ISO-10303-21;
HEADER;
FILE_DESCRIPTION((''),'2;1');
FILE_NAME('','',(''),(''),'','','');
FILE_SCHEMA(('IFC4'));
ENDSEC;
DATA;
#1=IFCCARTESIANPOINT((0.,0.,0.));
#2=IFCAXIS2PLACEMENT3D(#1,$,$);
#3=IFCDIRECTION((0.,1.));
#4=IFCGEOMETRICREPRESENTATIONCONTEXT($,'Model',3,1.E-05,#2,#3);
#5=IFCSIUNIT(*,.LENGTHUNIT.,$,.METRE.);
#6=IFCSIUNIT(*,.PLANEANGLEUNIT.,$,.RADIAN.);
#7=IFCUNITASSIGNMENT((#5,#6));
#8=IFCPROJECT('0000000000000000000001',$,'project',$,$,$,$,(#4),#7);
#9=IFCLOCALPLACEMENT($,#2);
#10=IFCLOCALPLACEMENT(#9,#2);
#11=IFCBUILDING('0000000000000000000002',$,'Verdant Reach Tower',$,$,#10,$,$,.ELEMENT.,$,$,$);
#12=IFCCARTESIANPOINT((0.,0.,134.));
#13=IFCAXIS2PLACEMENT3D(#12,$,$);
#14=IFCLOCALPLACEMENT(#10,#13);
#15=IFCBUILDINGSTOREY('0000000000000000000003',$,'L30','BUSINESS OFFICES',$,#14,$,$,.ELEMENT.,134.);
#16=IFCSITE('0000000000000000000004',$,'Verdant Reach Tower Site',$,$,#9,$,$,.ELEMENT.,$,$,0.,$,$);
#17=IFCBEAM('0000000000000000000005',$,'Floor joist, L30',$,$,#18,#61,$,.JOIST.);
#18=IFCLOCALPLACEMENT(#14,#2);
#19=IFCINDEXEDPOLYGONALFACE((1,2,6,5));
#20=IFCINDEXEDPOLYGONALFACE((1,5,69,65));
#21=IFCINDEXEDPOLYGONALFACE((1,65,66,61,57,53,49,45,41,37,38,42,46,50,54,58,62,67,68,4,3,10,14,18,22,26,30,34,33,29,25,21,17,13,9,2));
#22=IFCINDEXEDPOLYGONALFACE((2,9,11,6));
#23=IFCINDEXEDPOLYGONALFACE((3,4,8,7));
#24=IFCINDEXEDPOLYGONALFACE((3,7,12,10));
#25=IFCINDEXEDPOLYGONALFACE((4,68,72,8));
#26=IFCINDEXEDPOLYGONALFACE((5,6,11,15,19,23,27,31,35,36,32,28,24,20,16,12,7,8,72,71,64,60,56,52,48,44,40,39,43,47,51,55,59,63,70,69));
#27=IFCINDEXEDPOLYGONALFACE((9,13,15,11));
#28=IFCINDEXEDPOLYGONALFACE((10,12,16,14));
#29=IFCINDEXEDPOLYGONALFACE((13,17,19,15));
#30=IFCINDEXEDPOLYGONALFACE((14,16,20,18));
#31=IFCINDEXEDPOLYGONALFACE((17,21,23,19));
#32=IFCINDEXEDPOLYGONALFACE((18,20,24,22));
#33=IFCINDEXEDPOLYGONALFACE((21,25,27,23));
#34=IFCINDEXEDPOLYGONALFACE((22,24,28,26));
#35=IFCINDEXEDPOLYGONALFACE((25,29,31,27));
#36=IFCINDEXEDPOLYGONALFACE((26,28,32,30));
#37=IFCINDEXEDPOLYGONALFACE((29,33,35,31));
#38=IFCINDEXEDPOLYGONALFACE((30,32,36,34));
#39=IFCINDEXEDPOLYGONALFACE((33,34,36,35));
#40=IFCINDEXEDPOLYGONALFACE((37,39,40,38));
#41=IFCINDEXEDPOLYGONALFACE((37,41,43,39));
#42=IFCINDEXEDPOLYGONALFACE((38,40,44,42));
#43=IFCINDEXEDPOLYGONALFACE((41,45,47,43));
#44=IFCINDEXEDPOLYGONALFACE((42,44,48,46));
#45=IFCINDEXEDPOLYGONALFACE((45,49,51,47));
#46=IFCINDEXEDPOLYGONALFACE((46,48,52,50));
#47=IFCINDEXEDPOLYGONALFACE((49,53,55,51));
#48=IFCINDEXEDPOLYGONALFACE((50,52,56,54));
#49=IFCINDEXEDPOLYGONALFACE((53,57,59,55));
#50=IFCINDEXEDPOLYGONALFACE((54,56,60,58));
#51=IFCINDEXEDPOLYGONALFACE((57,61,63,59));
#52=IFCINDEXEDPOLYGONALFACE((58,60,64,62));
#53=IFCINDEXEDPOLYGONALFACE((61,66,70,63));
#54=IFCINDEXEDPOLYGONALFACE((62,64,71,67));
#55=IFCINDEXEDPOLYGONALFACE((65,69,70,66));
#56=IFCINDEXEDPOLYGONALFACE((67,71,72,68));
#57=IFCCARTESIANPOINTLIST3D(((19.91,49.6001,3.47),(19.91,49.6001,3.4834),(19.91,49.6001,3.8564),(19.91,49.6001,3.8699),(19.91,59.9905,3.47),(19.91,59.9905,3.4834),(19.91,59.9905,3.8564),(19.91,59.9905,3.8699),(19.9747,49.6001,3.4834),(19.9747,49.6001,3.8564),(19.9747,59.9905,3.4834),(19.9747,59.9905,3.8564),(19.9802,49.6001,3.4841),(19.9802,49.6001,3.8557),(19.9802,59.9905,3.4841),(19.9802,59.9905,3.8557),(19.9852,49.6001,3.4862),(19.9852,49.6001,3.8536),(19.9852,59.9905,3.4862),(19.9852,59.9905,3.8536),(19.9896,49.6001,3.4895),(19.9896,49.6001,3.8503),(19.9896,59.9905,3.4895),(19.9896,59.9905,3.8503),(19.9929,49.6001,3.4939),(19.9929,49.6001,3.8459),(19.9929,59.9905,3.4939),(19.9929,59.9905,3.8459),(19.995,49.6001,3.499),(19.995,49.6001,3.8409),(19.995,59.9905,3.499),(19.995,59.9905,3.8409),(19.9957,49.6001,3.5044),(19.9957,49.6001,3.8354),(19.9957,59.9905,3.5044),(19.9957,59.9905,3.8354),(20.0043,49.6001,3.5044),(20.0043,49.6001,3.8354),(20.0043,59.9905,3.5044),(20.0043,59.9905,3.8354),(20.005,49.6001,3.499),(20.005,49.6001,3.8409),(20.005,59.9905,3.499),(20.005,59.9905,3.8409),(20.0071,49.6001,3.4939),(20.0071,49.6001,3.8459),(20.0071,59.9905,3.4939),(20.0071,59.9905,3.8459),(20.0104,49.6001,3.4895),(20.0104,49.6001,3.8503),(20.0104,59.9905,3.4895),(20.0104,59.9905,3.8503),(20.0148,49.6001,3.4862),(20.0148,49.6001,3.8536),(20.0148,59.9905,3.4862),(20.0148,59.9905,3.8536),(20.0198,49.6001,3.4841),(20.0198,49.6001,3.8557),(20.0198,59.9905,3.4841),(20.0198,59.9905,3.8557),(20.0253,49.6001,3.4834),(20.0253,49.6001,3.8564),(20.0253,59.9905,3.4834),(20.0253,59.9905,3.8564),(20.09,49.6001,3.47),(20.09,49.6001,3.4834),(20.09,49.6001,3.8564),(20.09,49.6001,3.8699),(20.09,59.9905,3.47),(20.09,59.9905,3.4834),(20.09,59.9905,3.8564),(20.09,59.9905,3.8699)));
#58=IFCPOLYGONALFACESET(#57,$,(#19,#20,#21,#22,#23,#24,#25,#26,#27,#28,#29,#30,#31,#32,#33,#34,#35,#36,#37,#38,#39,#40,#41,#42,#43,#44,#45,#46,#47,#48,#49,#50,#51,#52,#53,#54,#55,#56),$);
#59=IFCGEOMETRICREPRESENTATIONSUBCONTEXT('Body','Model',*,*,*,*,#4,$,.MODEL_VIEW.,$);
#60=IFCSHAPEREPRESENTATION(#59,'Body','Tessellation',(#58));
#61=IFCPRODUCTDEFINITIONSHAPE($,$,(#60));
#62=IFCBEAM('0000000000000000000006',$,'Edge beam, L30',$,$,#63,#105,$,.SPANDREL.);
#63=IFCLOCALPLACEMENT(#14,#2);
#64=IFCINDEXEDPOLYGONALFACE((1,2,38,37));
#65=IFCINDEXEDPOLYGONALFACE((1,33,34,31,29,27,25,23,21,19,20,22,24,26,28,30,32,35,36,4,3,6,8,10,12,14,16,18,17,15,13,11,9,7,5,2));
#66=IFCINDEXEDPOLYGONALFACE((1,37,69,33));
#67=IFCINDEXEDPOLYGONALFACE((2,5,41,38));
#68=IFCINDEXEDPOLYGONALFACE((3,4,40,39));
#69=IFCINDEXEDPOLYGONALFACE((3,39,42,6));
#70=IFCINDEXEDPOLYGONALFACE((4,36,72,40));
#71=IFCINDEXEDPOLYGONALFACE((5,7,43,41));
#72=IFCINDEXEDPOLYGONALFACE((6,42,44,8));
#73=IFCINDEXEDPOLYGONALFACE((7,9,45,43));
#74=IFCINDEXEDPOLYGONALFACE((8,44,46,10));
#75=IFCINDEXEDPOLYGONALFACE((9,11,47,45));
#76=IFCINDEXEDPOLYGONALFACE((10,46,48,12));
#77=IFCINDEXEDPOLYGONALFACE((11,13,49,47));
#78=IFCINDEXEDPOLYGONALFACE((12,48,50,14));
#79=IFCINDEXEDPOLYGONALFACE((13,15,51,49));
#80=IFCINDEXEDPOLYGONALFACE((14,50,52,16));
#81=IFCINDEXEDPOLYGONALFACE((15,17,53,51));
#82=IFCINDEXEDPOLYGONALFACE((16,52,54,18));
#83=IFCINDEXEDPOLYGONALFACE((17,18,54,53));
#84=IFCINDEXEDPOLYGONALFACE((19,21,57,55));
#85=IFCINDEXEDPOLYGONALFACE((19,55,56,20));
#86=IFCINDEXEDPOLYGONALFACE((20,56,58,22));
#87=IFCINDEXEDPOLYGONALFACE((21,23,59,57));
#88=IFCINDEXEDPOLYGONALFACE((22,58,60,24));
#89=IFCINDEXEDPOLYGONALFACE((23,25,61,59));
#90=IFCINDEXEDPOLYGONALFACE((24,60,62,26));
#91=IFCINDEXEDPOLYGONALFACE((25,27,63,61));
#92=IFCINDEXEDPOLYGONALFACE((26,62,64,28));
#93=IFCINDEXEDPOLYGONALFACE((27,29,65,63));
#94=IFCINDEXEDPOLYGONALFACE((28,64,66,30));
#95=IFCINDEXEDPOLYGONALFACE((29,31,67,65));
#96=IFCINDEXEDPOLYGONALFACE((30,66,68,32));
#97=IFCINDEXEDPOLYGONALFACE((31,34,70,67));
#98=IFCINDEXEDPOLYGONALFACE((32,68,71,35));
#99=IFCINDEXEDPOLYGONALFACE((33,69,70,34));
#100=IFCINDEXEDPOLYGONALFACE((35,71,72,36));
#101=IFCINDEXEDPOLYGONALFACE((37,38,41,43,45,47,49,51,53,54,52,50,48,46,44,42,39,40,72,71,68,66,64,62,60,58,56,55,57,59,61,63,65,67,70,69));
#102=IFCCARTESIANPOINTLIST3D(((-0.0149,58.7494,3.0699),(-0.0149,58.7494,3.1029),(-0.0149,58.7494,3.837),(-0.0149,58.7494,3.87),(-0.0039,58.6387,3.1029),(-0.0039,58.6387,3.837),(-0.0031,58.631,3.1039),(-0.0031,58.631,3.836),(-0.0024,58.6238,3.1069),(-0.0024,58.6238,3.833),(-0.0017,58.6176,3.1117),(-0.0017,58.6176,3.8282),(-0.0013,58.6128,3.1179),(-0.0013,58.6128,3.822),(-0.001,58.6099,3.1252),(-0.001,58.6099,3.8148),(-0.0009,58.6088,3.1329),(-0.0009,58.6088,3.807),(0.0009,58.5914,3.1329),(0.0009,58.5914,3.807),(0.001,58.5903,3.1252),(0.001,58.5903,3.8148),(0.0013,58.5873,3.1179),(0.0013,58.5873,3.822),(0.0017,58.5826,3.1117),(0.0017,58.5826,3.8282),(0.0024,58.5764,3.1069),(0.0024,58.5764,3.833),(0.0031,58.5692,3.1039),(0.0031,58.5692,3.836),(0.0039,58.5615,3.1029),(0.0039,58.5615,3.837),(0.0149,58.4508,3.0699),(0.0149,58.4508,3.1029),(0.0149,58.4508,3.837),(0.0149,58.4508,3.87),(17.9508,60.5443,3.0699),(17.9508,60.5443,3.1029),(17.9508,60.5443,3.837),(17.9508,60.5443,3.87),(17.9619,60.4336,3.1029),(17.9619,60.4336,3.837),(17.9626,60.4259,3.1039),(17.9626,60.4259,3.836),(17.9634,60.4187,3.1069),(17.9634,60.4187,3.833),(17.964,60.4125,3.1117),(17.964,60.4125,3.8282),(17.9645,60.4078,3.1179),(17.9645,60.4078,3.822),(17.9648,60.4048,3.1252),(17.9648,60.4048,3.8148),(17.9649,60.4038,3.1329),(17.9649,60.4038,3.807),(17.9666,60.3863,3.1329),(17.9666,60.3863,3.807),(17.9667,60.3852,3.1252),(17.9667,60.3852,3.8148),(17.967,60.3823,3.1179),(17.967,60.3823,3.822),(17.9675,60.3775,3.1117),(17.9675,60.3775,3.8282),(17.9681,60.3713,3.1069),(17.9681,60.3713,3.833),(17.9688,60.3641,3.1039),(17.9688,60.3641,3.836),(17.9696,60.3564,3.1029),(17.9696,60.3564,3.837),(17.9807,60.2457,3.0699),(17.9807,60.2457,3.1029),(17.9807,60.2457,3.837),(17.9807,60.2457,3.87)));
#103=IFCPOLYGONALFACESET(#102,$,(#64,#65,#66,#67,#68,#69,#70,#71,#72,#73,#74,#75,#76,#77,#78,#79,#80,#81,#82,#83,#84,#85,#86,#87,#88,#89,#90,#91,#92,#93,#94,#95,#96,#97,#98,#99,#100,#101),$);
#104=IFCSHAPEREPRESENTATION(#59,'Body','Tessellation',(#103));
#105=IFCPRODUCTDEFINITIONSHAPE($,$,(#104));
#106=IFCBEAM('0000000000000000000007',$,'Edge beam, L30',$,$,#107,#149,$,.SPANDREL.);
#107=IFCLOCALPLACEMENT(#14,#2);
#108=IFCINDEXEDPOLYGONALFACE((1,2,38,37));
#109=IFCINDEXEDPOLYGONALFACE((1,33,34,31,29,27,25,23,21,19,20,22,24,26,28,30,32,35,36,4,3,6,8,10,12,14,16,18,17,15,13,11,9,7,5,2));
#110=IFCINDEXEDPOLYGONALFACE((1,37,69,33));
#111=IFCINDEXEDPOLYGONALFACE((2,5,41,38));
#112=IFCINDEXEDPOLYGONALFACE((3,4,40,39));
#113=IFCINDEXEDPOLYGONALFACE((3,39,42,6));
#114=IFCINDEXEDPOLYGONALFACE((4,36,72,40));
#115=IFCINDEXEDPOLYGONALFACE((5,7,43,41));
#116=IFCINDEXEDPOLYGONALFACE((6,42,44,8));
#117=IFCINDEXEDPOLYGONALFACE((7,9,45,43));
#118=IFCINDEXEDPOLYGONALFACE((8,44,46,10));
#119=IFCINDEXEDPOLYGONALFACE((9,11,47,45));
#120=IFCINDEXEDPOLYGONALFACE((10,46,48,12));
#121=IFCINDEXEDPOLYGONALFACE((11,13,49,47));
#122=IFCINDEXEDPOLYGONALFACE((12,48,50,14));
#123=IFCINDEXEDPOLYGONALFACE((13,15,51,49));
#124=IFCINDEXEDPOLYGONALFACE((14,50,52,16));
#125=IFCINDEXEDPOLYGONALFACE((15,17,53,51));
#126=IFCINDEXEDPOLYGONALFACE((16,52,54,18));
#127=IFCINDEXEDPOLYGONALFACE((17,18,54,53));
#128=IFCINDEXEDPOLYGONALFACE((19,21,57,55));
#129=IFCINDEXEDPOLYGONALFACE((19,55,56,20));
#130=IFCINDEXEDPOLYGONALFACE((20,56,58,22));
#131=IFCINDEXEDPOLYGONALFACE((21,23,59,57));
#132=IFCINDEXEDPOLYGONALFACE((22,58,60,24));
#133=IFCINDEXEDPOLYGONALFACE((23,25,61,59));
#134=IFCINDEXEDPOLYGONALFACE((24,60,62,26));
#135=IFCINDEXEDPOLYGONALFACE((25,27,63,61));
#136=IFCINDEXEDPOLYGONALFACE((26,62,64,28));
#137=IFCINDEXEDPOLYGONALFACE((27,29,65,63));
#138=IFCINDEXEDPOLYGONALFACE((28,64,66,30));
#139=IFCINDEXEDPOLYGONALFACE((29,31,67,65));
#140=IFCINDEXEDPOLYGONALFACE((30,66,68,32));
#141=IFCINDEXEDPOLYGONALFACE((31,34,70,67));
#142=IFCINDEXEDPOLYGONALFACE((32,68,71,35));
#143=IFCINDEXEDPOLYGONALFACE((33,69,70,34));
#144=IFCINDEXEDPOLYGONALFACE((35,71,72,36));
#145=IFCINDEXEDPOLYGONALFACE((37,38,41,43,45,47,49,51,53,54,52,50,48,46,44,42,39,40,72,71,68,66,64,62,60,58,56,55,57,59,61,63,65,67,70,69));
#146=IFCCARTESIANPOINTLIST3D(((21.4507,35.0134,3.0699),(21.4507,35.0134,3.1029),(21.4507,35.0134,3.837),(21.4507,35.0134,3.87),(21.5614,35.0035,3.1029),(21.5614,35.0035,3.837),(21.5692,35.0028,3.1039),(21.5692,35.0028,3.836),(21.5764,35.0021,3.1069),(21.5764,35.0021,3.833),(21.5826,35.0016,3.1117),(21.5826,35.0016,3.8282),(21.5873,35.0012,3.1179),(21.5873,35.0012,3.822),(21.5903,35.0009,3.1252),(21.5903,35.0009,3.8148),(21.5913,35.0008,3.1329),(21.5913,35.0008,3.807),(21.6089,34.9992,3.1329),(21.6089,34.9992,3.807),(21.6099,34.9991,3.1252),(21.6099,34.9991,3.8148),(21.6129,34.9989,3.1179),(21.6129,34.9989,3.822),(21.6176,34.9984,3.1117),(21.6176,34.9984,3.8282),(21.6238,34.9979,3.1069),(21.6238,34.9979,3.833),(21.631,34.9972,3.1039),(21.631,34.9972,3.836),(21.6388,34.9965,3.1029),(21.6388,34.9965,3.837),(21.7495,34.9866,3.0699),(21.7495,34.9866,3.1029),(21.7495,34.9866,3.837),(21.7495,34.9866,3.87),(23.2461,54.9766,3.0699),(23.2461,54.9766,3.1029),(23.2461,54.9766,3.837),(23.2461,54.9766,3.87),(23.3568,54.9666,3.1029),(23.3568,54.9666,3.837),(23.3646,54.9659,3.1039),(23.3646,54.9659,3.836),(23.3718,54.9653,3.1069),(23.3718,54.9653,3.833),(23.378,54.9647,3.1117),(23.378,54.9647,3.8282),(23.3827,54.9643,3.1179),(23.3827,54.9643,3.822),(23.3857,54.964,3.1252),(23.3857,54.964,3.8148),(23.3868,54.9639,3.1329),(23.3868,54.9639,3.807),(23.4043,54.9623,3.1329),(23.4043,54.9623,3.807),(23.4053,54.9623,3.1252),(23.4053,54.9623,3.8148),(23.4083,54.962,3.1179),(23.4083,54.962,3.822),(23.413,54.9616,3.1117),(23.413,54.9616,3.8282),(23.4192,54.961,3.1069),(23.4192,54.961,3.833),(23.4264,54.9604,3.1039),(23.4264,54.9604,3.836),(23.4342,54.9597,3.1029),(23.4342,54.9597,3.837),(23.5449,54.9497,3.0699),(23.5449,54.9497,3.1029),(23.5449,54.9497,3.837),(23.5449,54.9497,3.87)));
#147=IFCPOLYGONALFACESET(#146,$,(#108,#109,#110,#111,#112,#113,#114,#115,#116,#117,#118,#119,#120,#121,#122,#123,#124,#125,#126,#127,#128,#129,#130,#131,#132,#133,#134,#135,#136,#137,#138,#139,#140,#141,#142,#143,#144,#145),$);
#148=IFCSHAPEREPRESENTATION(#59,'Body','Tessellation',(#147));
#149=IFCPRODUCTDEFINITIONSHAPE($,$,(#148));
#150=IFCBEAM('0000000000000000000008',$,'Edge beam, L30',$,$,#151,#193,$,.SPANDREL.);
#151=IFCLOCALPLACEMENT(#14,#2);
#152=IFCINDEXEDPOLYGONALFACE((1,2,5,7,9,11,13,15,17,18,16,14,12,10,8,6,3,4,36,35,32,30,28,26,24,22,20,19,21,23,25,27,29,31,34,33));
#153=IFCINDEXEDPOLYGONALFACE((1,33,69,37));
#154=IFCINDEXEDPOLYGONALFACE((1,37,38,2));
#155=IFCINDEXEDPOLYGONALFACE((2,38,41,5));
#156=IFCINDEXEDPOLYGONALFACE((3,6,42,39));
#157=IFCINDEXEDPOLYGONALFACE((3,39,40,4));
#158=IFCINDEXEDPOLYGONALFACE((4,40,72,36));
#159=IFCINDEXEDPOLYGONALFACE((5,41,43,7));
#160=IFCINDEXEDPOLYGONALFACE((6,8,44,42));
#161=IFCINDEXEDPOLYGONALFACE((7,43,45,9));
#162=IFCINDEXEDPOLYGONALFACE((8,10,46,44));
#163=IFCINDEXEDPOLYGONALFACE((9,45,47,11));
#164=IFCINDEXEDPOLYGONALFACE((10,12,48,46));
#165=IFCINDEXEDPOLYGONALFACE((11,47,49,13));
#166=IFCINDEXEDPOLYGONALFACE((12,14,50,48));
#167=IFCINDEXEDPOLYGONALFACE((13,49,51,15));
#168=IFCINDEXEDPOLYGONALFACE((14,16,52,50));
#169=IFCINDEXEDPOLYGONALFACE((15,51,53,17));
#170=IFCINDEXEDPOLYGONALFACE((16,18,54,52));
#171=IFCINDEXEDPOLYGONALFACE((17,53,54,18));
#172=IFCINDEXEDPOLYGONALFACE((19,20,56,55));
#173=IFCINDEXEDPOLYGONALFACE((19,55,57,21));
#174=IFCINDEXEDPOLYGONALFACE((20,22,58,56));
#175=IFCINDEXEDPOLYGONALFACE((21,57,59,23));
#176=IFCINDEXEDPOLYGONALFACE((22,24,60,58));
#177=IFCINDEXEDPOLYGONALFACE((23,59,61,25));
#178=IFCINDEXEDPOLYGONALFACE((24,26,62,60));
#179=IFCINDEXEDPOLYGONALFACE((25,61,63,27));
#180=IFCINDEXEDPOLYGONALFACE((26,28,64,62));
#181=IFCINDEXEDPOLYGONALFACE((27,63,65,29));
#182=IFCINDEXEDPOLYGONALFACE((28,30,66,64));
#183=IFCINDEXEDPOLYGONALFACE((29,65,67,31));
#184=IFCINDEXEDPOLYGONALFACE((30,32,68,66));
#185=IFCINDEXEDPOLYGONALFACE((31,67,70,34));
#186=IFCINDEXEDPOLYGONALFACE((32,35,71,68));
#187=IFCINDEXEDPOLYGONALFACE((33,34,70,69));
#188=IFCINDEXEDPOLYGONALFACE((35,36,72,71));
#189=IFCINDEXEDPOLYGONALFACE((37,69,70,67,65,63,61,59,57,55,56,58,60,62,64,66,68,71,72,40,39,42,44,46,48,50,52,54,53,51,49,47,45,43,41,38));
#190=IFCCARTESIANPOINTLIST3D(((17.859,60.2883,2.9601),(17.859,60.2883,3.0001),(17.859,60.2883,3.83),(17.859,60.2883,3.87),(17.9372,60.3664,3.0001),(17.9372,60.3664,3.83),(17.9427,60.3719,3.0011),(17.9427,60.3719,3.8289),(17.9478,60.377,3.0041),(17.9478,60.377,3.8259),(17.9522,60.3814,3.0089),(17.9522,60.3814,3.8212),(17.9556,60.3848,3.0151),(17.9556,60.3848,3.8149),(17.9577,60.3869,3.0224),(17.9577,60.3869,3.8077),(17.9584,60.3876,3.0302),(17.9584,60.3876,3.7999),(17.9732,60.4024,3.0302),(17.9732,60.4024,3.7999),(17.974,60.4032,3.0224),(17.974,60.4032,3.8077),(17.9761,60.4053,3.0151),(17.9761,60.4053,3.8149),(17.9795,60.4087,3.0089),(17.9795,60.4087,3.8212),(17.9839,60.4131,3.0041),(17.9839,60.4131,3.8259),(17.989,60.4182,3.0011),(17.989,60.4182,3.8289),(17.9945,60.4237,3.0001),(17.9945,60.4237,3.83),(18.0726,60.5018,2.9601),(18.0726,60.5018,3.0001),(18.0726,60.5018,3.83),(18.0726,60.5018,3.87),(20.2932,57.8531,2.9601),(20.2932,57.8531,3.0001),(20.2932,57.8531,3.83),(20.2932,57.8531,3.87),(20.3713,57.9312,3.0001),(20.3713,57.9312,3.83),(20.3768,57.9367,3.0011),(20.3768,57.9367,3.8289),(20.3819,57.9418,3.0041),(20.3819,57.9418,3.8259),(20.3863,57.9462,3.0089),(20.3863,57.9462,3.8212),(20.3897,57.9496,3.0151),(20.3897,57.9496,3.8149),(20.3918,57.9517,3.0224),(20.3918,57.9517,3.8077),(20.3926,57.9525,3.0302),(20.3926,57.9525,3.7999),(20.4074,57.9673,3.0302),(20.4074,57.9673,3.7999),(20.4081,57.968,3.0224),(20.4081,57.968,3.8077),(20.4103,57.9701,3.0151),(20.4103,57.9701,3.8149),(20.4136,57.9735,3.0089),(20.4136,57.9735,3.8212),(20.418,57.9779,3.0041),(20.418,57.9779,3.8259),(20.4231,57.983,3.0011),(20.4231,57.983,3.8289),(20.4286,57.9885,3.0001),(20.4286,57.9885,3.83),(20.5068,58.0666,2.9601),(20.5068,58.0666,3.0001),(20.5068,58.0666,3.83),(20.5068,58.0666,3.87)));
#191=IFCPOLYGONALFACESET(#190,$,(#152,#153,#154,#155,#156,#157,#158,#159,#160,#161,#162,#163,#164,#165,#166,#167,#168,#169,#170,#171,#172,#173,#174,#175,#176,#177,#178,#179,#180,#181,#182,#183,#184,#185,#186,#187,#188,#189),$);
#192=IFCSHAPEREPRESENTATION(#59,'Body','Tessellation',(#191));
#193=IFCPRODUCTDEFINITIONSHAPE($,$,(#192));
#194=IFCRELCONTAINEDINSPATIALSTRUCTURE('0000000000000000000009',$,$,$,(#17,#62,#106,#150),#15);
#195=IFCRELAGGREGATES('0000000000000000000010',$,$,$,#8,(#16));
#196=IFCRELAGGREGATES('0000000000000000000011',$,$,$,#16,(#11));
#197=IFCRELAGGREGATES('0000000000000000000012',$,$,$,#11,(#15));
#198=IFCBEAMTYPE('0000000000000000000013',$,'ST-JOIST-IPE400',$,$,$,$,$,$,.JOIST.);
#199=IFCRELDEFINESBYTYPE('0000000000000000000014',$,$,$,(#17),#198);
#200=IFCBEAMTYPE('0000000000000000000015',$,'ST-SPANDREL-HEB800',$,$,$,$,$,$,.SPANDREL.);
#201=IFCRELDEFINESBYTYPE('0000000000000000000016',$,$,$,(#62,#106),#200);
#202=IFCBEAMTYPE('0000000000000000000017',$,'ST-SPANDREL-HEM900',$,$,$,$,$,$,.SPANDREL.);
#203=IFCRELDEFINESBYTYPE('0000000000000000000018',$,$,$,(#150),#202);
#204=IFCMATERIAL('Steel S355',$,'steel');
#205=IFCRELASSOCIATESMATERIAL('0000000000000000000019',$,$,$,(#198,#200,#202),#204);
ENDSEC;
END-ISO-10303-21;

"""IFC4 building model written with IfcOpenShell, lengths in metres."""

from ifc_helpers import new_model, si_unit, direction, frame, origin, origin_2d, place, context, subcontext, project, spatial, i_section, extrude, material, material_profile, profile_set, type_object, element, save


model = new_model("IFC4")

# Units and contexts
model_context = context("Model", 3, precision=1e-05, world=origin(), true_north=direction((0.0, 1.0)))
body_context = subcontext(model_context, "Body", "Model", "MODEL_VIEW")
ifc_project = project(units=[si_unit("LENGTHUNIT", "METRE"), si_unit("PLANEANGLEUNIT", "RADIAN")], contexts=[model_context])

# Site, building, storey
site_placement = place(None, origin())
site = spatial("IfcSite", under=ifc_project, at=site_placement, Name="Verdant Reach Tower Site", CompositionType="ELEMENT", RefElevation=0.0)
building_placement = place(site_placement, origin())
building = spatial("IfcBuilding", under=site, at=building_placement, Name="Verdant Reach Tower", CompositionType="ELEMENT")
storey_placement = place(building_placement, frame((0.0, 0.0, 134.0)))
storey = spatial("IfcBuildingStorey", under=building, at=storey_placement, Name="L30", Description="BUSINESS OFFICES", CompositionType="ELEMENT", Elevation=134.0)

# Beams
ifc_material_1 = material(Name="Steel S355", Category="steel")
ifc_material_profile_1 = material_profile(ifc_material_1, i_section(OverallWidth=0.1799, OverallDepth=0.3999, WebThickness=0.0085, FlangeThickness=0.0134, FilletRadius=0.021, at=origin_2d()), Name="IPE 400")
ifc_profile_set_1 = profile_set([ifc_material_profile_1], Name="Steel S355")
beam_type_1 = type_object("IfcBeamType", Name="ST-JOIST-IPE400", PredefinedType="JOIST", material=ifc_profile_set_1)
beam_1_placement = place(storey_placement, frame((20.0, 49.6001, 3.6699), z_axis=(0.0, 1.0, 0.0), x_axis=(-1.0, 0.0, 0.0)))
element("IfcBeam", 1, at=beam_1_placement, inside=storey, type_object=beam_type_1, Name="Floor joist, L30", PredefinedType="JOIST", context=body_context, shape_type="SweptSolid", body=[
    extrude(i_section(OverallWidth=0.1799, OverallDepth=0.3999, WebThickness=0.0085, FlangeThickness=0.0134, FilletRadius=0.021, at=origin_2d()), origin(), (0.0, 0.0, 1.0), 10.3904),
])
ifc_material_profile_2 = material_profile(ifc_material_1, i_section(OverallWidth=0.3, OverallDepth=0.8, WebThickness=0.0176, FlangeThickness=0.033, FilletRadius=0.03, at=origin_2d()), Name="HEB 800")
ifc_profile_set_2 = profile_set([ifc_material_profile_2], Name="Steel S355")
beam_type_2 = type_object("IfcBeamType", Name="ST-SPANDREL-HEB800", PredefinedType="SPANDREL", material=ifc_profile_set_2)
beam_2_placement = place(storey_placement, frame((0.0, 58.6001, 3.47), z_axis=(0.995046, 0.099413, 0.0), x_axis=(-0.099413, 0.995046, 0.0)))
element("IfcBeam", 2, at=beam_2_placement, inside=storey, type_object=beam_type_2, Name="Edge beam, L30", PredefinedType="SPANDREL", context=body_context, shape_type="SweptSolid", body=[
    extrude(i_section(OverallWidth=0.3, OverallDepth=0.8, WebThickness=0.0176, FlangeThickness=0.033, FilletRadius=0.03, at=origin_2d()), origin(), (0.0, 0.0, 1.0), 18.0552),
])
beam_3_placement = place(storey_placement, frame((23.3955, 54.9631, 3.47), z_axis=(-0.089575, -0.99598, 0.0), x_axis=(0.99598, -0.089575, 0.0)))
element("IfcBeam", 3, at=beam_3_placement, inside=storey, type_object=beam_type_2, Name="Edge beam, L30", PredefinedType="SPANDREL", context=body_context, shape_type="SweptSolid", body=[
    extrude(i_section(OverallWidth=0.3, OverallDepth=0.8, WebThickness=0.0176, FlangeThickness=0.033, FilletRadius=0.03, at=origin_2d()), origin(), (0.0, 0.0, 1.0), 20.0437),
])
ifc_material_profile_3 = material_profile(ifc_material_1, i_section(OverallWidth=0.302, OverallDepth=0.9099, WebThickness=0.021, FlangeThickness=0.04, FilletRadius=0.03, at=origin_2d()), Name="HEM 900")
ifc_profile_set_3 = profile_set([ifc_material_profile_3], Name="Steel S355")
beam_type_3 = type_object("IfcBeamType", Name="ST-SPANDREL-HEM900", PredefinedType="SPANDREL", material=ifc_profile_set_3)
beam_4_placement = place(storey_placement, frame((17.9658, 60.395, 3.415), z_axis=(0.706965, -0.707249, 0.0), x_axis=(0.707249, 0.706965, 0.0)))
element("IfcBeam", 4, at=beam_4_placement, inside=storey, type_object=beam_type_3, Name="Edge beam, L30", PredefinedType="SPANDREL", context=body_context, shape_type="SweptSolid", body=[
    extrude(i_section(OverallWidth=0.302, OverallDepth=0.9099, WebThickness=0.021, FlangeThickness=0.04, FilletRadius=0.03, at=origin_2d()), origin(), (0.0, 0.0, 1.0), 3.4431),
])

save(model, "model.ifc")
